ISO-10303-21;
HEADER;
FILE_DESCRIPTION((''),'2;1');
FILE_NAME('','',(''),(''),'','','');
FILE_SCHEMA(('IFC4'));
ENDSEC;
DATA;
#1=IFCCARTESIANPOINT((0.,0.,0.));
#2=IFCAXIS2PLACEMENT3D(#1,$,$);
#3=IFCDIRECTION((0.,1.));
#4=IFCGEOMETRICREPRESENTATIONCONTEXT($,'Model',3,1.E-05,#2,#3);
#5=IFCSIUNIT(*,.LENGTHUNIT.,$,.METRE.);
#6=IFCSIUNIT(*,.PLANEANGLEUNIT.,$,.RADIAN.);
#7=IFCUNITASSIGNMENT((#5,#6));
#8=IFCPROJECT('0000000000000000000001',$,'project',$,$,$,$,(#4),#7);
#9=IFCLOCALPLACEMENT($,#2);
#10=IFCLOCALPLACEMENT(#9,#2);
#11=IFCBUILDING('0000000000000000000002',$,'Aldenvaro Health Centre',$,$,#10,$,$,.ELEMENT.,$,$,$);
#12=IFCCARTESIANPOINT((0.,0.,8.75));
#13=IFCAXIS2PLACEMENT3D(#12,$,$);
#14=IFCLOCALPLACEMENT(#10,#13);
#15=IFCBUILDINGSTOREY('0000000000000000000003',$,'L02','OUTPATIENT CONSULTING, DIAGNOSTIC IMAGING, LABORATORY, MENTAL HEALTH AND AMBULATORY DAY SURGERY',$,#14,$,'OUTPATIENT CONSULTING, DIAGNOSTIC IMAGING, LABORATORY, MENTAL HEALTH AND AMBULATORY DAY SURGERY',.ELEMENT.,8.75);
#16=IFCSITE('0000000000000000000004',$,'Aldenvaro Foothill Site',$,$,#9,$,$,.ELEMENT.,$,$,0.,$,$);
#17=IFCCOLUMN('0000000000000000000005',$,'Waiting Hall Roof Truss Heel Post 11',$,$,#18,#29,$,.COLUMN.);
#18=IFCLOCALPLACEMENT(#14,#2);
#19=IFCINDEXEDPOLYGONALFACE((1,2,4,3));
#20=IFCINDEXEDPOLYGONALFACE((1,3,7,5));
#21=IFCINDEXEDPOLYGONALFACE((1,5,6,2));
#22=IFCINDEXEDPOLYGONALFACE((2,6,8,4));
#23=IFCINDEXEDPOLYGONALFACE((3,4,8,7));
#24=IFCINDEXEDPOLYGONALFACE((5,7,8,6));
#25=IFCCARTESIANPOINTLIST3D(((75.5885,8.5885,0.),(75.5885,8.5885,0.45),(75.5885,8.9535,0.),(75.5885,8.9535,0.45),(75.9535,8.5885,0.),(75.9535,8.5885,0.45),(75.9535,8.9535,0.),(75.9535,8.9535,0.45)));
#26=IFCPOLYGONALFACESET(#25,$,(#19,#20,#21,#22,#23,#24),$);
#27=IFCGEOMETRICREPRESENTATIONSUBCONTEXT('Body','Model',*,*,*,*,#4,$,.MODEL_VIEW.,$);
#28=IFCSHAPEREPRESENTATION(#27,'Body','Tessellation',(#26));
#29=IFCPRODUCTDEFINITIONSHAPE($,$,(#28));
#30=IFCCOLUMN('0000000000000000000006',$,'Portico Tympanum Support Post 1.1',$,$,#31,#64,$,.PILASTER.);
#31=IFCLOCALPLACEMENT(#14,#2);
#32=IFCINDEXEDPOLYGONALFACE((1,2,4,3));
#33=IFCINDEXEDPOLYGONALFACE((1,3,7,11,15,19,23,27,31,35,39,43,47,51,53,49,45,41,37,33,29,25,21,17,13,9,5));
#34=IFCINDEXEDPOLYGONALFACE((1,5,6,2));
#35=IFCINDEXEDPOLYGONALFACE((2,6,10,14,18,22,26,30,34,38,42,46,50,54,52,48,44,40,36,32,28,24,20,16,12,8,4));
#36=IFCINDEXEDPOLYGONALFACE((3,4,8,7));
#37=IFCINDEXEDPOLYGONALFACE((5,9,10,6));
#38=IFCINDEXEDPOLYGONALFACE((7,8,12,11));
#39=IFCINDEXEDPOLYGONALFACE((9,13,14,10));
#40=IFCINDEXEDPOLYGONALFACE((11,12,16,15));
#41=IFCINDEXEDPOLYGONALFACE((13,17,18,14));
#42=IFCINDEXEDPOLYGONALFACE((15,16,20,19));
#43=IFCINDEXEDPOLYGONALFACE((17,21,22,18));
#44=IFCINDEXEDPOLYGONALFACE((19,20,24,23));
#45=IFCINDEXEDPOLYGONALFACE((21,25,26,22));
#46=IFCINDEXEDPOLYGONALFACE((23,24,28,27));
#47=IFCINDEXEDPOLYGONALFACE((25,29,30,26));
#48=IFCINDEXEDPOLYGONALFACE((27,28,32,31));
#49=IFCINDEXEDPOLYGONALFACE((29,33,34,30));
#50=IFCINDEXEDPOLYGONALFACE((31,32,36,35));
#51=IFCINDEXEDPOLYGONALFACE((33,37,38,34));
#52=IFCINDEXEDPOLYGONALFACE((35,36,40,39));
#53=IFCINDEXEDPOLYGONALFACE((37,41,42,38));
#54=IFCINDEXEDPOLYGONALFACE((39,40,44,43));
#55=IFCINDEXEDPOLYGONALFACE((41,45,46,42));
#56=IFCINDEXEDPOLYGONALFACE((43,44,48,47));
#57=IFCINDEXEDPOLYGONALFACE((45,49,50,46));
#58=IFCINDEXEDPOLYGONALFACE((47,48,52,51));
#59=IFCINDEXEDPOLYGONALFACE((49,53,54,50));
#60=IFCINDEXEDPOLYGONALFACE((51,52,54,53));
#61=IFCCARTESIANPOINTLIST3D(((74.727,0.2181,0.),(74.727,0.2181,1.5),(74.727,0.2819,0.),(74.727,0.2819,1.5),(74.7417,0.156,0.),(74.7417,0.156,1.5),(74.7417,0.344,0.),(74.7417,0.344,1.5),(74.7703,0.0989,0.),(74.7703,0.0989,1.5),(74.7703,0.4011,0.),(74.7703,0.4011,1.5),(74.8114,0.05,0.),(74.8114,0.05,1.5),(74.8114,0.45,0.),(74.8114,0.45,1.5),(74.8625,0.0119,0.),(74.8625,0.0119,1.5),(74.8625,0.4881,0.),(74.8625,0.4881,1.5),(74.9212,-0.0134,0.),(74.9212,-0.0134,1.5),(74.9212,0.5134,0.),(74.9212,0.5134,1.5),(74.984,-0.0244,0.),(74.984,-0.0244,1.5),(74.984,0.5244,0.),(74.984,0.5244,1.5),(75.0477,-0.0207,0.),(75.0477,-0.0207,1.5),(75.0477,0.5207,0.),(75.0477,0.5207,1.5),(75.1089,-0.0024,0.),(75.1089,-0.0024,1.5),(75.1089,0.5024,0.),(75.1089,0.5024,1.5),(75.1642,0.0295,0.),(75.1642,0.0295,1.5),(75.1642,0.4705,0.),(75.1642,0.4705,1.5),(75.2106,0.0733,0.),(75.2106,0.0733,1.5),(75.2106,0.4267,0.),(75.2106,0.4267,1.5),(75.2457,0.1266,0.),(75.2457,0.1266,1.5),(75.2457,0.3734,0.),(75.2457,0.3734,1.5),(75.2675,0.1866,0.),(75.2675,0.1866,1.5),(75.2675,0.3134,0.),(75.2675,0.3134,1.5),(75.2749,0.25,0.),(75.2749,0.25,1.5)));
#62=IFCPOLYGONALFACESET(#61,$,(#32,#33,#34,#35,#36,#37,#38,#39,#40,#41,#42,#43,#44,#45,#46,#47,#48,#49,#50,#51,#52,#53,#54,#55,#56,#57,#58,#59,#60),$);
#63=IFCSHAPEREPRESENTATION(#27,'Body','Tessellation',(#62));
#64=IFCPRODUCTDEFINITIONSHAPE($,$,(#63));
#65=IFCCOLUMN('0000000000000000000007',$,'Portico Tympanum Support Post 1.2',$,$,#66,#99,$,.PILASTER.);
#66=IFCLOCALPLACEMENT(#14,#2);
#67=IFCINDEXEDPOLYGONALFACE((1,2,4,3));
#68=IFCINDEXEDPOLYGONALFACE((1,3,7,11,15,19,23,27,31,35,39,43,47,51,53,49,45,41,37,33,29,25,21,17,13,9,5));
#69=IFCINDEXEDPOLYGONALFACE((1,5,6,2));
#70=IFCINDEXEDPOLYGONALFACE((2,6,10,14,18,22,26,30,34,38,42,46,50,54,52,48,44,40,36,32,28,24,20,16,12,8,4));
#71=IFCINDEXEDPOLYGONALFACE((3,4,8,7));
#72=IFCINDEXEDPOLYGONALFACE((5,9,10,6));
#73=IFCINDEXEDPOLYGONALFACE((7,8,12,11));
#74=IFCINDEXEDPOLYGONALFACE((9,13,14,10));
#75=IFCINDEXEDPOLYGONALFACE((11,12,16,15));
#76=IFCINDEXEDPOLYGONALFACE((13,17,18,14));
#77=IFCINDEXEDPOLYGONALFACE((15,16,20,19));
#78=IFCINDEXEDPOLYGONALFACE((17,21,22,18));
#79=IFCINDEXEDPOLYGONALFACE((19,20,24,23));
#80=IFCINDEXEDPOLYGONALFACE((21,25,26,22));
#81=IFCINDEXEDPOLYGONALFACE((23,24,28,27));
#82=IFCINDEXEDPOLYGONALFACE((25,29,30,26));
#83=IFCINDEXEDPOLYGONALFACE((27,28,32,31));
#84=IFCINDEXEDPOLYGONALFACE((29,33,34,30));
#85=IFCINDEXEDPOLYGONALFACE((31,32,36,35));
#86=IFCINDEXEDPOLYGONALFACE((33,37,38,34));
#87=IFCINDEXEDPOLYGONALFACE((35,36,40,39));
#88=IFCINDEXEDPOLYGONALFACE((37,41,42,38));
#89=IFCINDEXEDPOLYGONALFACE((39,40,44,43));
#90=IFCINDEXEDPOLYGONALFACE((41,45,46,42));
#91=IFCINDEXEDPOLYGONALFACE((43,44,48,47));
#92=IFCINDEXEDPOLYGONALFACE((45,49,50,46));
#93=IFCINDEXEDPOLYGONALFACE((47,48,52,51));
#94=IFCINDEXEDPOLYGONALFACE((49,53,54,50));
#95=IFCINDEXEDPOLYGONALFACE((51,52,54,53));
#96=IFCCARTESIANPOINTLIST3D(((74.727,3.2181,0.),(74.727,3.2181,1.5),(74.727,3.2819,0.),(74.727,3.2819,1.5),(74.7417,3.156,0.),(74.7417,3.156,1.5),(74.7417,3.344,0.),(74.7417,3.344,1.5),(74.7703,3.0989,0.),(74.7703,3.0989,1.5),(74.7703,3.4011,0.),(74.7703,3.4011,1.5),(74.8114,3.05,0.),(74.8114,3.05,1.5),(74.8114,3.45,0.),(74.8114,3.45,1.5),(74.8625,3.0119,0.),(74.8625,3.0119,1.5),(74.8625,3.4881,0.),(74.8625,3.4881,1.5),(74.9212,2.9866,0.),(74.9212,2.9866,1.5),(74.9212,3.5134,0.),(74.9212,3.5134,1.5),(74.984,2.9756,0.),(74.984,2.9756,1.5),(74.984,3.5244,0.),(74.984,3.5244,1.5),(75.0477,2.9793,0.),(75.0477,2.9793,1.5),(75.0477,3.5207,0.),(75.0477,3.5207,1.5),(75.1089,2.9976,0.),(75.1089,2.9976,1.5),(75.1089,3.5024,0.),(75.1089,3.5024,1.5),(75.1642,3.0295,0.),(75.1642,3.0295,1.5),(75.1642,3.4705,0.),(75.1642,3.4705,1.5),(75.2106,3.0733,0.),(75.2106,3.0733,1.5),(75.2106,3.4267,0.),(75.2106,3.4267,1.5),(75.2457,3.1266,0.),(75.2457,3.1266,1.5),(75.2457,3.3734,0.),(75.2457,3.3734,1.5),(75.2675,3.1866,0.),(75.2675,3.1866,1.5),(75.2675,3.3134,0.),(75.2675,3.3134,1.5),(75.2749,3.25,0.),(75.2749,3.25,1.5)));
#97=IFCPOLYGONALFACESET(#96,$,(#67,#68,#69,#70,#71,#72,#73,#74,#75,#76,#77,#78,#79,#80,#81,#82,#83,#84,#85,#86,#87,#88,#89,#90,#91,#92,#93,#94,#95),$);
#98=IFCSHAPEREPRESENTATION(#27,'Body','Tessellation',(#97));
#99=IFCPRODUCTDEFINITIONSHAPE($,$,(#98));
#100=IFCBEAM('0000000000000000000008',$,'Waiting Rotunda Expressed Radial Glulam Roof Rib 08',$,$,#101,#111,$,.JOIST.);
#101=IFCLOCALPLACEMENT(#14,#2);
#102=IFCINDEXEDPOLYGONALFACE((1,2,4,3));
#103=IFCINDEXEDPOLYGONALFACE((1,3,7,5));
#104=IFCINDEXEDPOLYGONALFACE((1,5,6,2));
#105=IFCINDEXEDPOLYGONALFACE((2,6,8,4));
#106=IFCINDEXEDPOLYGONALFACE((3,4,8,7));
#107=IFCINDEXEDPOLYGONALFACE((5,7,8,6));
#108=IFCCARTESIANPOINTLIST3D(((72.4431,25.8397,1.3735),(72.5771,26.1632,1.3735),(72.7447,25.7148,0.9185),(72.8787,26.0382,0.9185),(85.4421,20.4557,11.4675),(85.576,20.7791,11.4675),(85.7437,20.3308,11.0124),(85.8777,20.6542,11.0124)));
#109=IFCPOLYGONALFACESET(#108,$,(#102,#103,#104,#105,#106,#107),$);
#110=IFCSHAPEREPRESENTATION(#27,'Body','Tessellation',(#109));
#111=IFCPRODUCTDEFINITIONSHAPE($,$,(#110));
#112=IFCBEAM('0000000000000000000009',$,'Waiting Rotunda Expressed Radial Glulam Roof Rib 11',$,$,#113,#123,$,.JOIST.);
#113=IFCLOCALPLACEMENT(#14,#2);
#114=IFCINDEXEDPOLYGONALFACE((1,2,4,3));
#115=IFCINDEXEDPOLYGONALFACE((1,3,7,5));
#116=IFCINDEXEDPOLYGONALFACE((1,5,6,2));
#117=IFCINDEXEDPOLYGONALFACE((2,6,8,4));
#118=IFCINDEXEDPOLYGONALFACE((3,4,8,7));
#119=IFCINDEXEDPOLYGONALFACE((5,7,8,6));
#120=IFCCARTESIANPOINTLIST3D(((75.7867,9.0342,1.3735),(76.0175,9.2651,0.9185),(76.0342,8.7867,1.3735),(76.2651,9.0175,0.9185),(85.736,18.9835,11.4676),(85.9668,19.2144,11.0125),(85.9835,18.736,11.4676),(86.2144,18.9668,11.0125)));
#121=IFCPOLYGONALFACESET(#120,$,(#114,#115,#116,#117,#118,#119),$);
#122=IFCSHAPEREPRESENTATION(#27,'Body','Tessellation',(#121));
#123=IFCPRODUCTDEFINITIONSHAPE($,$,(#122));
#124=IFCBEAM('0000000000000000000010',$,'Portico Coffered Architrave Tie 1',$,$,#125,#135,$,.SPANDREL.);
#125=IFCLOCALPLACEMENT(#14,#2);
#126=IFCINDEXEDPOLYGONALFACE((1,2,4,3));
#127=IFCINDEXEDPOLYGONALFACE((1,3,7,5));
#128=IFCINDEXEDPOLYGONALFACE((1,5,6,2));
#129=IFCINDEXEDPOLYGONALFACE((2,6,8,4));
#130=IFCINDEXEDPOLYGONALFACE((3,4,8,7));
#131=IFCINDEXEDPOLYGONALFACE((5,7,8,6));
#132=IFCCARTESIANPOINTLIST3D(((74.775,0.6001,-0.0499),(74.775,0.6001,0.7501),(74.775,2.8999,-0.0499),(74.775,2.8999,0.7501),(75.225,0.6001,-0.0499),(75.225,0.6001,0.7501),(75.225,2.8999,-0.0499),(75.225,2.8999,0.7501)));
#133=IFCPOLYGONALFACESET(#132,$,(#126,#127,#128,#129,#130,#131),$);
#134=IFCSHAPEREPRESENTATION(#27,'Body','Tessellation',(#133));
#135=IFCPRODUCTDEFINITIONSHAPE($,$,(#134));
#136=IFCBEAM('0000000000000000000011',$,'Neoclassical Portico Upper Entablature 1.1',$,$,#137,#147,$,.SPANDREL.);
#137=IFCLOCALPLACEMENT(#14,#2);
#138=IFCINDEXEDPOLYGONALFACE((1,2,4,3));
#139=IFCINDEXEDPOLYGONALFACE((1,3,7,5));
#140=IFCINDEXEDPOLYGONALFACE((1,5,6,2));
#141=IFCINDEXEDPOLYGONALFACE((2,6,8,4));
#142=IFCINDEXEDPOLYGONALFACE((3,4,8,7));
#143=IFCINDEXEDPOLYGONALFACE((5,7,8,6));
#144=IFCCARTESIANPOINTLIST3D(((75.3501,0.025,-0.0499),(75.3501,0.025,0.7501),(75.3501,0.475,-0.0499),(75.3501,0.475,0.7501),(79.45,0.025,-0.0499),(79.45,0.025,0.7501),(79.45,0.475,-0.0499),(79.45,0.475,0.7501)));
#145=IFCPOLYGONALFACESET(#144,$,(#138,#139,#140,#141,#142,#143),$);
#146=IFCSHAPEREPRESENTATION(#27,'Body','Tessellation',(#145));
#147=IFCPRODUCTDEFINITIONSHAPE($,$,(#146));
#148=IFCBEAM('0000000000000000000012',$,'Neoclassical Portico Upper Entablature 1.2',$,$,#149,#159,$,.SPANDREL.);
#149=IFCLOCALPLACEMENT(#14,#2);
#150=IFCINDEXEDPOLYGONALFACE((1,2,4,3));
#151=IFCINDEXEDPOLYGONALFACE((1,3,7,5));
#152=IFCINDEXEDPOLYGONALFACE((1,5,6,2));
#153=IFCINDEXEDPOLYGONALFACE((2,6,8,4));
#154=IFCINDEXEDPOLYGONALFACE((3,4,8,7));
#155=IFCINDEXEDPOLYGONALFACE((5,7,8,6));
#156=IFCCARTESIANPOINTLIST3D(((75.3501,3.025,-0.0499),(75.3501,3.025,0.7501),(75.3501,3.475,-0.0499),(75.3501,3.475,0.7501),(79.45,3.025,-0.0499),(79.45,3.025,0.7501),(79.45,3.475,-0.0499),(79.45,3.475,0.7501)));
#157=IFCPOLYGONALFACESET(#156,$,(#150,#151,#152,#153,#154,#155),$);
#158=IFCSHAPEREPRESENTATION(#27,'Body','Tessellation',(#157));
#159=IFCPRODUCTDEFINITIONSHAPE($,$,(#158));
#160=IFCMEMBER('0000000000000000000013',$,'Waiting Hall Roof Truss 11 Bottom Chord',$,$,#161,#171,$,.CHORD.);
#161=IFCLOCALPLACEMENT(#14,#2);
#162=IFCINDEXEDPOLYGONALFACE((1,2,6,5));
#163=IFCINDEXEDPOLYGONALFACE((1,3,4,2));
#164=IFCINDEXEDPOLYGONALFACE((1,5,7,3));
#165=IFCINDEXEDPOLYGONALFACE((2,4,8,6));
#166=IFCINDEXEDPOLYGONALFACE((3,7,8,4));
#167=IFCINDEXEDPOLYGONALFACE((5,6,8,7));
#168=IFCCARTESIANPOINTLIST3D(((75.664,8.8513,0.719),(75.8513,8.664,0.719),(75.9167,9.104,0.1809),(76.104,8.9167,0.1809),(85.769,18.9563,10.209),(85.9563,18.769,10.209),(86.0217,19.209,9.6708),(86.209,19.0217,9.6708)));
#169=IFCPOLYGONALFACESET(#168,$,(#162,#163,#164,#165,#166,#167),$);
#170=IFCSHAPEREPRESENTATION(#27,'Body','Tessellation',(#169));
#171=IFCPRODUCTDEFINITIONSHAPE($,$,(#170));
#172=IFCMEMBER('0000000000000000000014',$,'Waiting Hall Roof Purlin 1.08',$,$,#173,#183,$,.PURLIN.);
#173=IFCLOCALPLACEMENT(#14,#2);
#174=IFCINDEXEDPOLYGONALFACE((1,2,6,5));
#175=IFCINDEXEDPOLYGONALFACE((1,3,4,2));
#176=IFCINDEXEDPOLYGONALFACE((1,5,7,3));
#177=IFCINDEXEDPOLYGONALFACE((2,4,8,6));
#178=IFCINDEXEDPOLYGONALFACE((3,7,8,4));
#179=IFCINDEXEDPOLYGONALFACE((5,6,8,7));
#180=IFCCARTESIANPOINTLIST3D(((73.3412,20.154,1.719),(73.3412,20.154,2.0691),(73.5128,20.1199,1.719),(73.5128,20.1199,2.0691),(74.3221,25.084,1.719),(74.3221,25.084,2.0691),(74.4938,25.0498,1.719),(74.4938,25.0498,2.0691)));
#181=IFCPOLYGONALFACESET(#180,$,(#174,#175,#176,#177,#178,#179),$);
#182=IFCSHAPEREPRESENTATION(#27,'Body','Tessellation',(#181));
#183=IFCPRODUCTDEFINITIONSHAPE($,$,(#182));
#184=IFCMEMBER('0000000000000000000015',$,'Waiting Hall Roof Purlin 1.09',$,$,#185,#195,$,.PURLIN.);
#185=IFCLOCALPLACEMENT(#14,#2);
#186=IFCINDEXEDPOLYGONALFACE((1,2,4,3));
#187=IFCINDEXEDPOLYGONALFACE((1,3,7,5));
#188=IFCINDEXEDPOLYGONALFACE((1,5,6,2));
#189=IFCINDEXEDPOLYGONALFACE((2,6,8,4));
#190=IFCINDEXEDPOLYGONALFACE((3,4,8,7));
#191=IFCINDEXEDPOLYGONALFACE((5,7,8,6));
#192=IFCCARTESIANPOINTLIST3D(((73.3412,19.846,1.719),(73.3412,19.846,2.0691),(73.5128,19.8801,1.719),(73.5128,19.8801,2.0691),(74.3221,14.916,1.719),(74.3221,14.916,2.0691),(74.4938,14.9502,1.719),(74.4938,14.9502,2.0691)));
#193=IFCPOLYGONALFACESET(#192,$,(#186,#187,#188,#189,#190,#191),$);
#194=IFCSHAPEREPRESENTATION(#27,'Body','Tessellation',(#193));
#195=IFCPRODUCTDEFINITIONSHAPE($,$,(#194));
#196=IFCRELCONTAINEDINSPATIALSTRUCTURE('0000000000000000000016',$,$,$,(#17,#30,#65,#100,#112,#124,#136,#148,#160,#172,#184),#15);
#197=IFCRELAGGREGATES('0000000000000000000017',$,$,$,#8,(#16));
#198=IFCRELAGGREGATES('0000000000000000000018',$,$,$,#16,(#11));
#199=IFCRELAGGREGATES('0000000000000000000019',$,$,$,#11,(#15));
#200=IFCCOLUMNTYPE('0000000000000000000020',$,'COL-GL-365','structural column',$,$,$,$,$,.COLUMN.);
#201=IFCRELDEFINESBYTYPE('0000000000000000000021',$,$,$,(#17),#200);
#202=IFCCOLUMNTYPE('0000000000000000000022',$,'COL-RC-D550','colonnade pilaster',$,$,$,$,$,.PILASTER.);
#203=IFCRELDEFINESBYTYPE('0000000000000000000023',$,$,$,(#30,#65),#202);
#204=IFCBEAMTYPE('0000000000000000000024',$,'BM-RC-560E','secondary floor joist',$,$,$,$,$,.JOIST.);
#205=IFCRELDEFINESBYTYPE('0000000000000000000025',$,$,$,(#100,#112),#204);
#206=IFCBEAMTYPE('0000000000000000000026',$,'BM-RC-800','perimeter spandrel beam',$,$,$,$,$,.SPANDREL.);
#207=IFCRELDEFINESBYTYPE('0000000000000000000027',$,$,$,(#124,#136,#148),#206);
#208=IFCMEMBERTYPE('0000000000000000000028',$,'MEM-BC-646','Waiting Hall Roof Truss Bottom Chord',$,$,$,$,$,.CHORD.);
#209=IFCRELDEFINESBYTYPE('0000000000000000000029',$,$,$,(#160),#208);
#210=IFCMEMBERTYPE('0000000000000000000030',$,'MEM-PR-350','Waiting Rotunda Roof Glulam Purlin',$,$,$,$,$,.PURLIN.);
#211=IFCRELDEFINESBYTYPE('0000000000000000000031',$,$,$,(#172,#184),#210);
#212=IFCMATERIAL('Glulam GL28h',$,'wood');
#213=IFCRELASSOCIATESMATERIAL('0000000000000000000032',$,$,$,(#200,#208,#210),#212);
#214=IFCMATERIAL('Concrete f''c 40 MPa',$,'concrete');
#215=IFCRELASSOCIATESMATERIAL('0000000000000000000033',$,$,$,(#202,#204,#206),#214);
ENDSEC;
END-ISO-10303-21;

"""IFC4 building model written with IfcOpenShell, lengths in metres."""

from ifc_helpers import new_model, si_unit, direction, frame, origin, origin_2d, place, context, subcontext, project, spatial, rectangle, circle, extrude, material, material_profile, profile_set, type_object, element, save


model = new_model("IFC4")

# Units and contexts
model_context = context("Model", 3, precision=1e-05, world=origin(), true_north=direction((0.0, 1.0)))
body_context = subcontext(model_context, "Body", "Model", "MODEL_VIEW")
ifc_project = project(units=[si_unit("LENGTHUNIT", "METRE"), si_unit("PLANEANGLEUNIT", "RADIAN")], contexts=[model_context])

# Site, building, storey
site_placement = place(None, origin())
site = spatial("IfcSite", under=ifc_project, at=site_placement, Name="Aldenvaro Foothill Site", CompositionType="ELEMENT", RefElevation=0.0)
building_placement = place(site_placement, origin())
building = spatial("IfcBuilding", under=site, at=building_placement, Name="Aldenvaro Health Centre", CompositionType="ELEMENT")
storey_placement = place(building_placement, frame((0.0, 0.0, 8.75)))
storey = spatial("IfcBuildingStorey", under=building, at=storey_placement, Name="L02", Description="OUTPATIENT CONSULTING, DIAGNOSTIC IMAGING, LABORATORY, MENTAL HEALTH AND AMBULATORY DAY SURGERY", LongName="OUTPATIENT CONSULTING, DIAGNOSTIC IMAGING, LABORATORY, MENTAL HEALTH AND AMBULATORY DAY SURGERY", CompositionType="ELEMENT", Elevation=8.75)

# Columns
ifc_material_1 = material(Name="Glulam GL28h", Category="wood")
ifc_material_profile_1 = material_profile(ifc_material_1, rectangle(XDim=0.365, YDim=0.365, at=origin_2d()), Name="GL 365x365", Category="wood")
ifc_profile_set_1 = profile_set([ifc_material_profile_1], Name="Glulam GL28h")
column_type_1 = type_object("IfcColumnType", Name="COL-GL-365", Description="structural column", PredefinedType="COLUMN", material=ifc_profile_set_1)
column_placement = place(storey_placement, frame((75.771, 8.771, 0.0), z_axis=(0.0, 0.0, 1.0), x_axis=(1.0, 0.0, 0.0)))
element("IfcColumn", 1, at=column_placement, inside=storey, type_object=column_type_1, Name="Waiting Hall Roof Truss Heel Post 11", PredefinedType="COLUMN", context=body_context, shape_type="SweptSolid", body=[
    extrude(rectangle(XDim=0.365, YDim=0.365, at=origin_2d()), origin(), (0.0, 0.0, 1.0), 0.45),
])
ifc_material_2 = material(Name="Concrete f'c 40 MPa", Category="concrete")
ifc_material_profile_2 = material_profile(ifc_material_2, circle(Radius=0.2749, at=origin_2d()), Name="RC D550", Category="concrete")
ifc_profile_set_2 = profile_set([ifc_material_profile_2], Name="Concrete f'c 40 MPa")
column_type_2 = type_object("IfcColumnType", Name="COL-RC-D550", Description="colonnade pilaster", PredefinedType="PILASTER", material=ifc_profile_set_2)
for number, where, z_axis, x_axis, name in (
    (2, (75.0, 0.25, 0.0), (0.0, 0.0, 1.0), (1.0, 0.0, 0.0), "Portico Tympanum Support Post 1.1"),
    (3, (75.0, 3.25, 0.0), (0.0, 0.0, 1.0), (1.0, 0.0, 0.0), "Portico Tympanum Support Post 1.2"),
):
    element("IfcColumn", number, at=place(storey_placement, frame(where, z_axis=z_axis, x_axis=x_axis)), inside=storey, type_object=column_type_2, Name=name, PredefinedType="PILASTER", context=body_context, shape_type="SweptSolid", body=[
        extrude(circle(Radius=0.2749, at=origin_2d()), origin(), (0.0, 0.0, 1.0), 1.5),
    ])

# Beams
ifc_material_profile_3 = material_profile(ifc_material_2, rectangle(XDim=0.3501, YDim=0.5601, at=origin_2d()), Name="RC 350x560", Category="concrete")
ifc_profile_set_3 = profile_set([ifc_material_profile_3], Name="Concrete f'c 40 MPa")
beam_type_1 = type_object("IfcBeamType", Name="BM-RC-560E", Description="secondary floor joist", PredefinedType="JOIST", material=ifc_profile_set_3)
beam_1_placement = place(storey_placement, frame((72.6609, 25.939, 1.146), z_axis=(0.750685, -0.310924, 0.582922), x_axis=(0.382663, 0.923888, 0.0)))
element("IfcBeam", 4, at=beam_1_placement, inside=storey, type_object=beam_type_1, Name="Waiting Rotunda Expressed Radial Glulam Roof Rib 08", PredefinedType="JOIST", context=body_context, shape_type="SweptSolid", body=[
    extrude(rectangle(XDim=0.3501, YDim=0.5601, at=origin_2d()), origin(), (0.0, 0.0, 1.0), 17.3162),
])
beam_2_placement = place(storey_placement, frame((76.0259, 9.0259, 1.146), z_axis=(0.57455, 0.57455, 0.582911), x_axis=(-0.707107, 0.707107, 0.0)))
element("IfcBeam", 5, at=beam_2_placement, inside=storey, type_object=beam_type_1, Name="Waiting Rotunda Expressed Radial Glulam Roof Rib 11", PredefinedType="JOIST", context=body_context, shape_type="SweptSolid", body=[
    extrude(rectangle(XDim=0.3501, YDim=0.5601, at=origin_2d()), origin(), (0.0, 0.0, 1.0), 17.3167),
])
ifc_material_profile_4 = material_profile(ifc_material_2, rectangle(XDim=0.45, YDim=0.8, at=origin_2d()), Name="RC 450x800", Category="concrete")
ifc_profile_set_4 = profile_set([ifc_material_profile_4], Name="Concrete f'c 40 MPa")
beam_type_2 = type_object("IfcBeamType", Name="BM-RC-800", Description="perimeter spandrel beam", PredefinedType="SPANDREL", material=ifc_profile_set_4)
beam_3_placement = place(storey_placement, frame((75.0, 0.6001, 0.3501), z_axis=(0.0, 1.0, 0.0), x_axis=(-1.0, 0.0, 0.0)))
element("IfcBeam", 6, at=beam_3_placement, inside=storey, type_object=beam_type_2, Name="Portico Coffered Architrave Tie 1", PredefinedType="SPANDREL", context=body_context, shape_type="SweptSolid", body=[
    extrude(rectangle(XDim=0.45, YDim=0.8, at=origin_2d()), origin(), (0.0, 0.0, 1.0), 2.2998),
])
for number, where, z_axis, x_axis, name in (
    (7, (75.3501, 0.25, 0.3501), (1.0, 0.0, 0.0), (0.0, 1.0, 0.0), "Neoclassical Portico Upper Entablature 1.1"),
    (8, (75.3501, 3.25, 0.3501), (1.0, 0.0, 0.0), (0.0, 1.0, 0.0), "Neoclassical Portico Upper Entablature 1.2"),
):
    element("IfcBeam", number, at=place(storey_placement, frame(where, z_axis=z_axis, x_axis=x_axis)), inside=storey, type_object=beam_type_2, Name=name, PredefinedType="SPANDREL", context=body_context, shape_type="SweptSolid", body=[
        extrude(rectangle(XDim=0.45, YDim=0.8, at=origin_2d()), origin(), (0.0, 0.0, 1.0), 4.0999),
    ])

# Members
ifc_material_profile_5 = material_profile(ifc_material_1, rectangle(XDim=0.2649, YDim=0.646, at=origin_2d()), Name="GL 265x646", Category="wood")
ifc_profile_set_5 = profile_set([ifc_material_profile_5], Name="Glulam GL28h")
member_type_1 = type_object("IfcMemberType", Name="MEM-BC-646", Description="Waiting Hall Roof Truss Bottom Chord", PredefinedType="CHORD", material=ifc_profile_set_5)
member_1_placement = place(storey_placement, frame((75.884, 8.884, 0.45), z_axis=(0.589053, 0.589053, 0.553203), x_axis=(-0.707107, 0.707107, 0.0)))
element("IfcMember", 9, at=member_1_placement, inside=storey, type_object=member_type_1, Name="Waiting Hall Roof Truss 11 Bottom Chord", PredefinedType="CHORD", context=body_context, shape_type="SweptSolid", body=[
    extrude(rectangle(XDim=0.2649, YDim=0.646, at=origin_2d()), origin(), (0.0, 0.0, 1.0), 17.1545),
])
ifc_material_profile_6 = material_profile(ifc_material_1, rectangle(XDim=0.175, YDim=0.3501, at=origin_2d()), Name="GL 175x350", Category="wood")
ifc_profile_set_6 = profile_set([ifc_material_profile_6], Name="Glulam GL28h")
member_type_2 = type_object("IfcMemberType", Name="MEM-PR-350", Description="Waiting Rotunda Roof Glulam Purlin", PredefinedType="PURLIN", material=ifc_profile_set_6)
for number, where, z_axis, x_axis, name in (
    (10, (74.408, 25.0669, 1.894), (-0.195154, -0.980773, 0.0), (0.980773, -0.195154, 0.0), "Waiting Hall Roof Purlin 1.08"),
    (11, (73.427, 19.863, 1.894), (0.195154, -0.980773, 0.0), (0.980773, 0.195154, 0.0), "Waiting Hall Roof Purlin 1.09"),
):
    element("IfcMember", number, at=place(storey_placement, frame(where, z_axis=z_axis, x_axis=x_axis)), inside=storey, type_object=member_type_2, Name=name, PredefinedType="PURLIN", context=body_context, shape_type="SweptSolid", body=[
        extrude(rectangle(XDim=0.175, YDim=0.3501, at=origin_2d()), origin(), (0.0, 0.0, 1.0), 5.0266),
    ])

save(model, "model.ifc")
